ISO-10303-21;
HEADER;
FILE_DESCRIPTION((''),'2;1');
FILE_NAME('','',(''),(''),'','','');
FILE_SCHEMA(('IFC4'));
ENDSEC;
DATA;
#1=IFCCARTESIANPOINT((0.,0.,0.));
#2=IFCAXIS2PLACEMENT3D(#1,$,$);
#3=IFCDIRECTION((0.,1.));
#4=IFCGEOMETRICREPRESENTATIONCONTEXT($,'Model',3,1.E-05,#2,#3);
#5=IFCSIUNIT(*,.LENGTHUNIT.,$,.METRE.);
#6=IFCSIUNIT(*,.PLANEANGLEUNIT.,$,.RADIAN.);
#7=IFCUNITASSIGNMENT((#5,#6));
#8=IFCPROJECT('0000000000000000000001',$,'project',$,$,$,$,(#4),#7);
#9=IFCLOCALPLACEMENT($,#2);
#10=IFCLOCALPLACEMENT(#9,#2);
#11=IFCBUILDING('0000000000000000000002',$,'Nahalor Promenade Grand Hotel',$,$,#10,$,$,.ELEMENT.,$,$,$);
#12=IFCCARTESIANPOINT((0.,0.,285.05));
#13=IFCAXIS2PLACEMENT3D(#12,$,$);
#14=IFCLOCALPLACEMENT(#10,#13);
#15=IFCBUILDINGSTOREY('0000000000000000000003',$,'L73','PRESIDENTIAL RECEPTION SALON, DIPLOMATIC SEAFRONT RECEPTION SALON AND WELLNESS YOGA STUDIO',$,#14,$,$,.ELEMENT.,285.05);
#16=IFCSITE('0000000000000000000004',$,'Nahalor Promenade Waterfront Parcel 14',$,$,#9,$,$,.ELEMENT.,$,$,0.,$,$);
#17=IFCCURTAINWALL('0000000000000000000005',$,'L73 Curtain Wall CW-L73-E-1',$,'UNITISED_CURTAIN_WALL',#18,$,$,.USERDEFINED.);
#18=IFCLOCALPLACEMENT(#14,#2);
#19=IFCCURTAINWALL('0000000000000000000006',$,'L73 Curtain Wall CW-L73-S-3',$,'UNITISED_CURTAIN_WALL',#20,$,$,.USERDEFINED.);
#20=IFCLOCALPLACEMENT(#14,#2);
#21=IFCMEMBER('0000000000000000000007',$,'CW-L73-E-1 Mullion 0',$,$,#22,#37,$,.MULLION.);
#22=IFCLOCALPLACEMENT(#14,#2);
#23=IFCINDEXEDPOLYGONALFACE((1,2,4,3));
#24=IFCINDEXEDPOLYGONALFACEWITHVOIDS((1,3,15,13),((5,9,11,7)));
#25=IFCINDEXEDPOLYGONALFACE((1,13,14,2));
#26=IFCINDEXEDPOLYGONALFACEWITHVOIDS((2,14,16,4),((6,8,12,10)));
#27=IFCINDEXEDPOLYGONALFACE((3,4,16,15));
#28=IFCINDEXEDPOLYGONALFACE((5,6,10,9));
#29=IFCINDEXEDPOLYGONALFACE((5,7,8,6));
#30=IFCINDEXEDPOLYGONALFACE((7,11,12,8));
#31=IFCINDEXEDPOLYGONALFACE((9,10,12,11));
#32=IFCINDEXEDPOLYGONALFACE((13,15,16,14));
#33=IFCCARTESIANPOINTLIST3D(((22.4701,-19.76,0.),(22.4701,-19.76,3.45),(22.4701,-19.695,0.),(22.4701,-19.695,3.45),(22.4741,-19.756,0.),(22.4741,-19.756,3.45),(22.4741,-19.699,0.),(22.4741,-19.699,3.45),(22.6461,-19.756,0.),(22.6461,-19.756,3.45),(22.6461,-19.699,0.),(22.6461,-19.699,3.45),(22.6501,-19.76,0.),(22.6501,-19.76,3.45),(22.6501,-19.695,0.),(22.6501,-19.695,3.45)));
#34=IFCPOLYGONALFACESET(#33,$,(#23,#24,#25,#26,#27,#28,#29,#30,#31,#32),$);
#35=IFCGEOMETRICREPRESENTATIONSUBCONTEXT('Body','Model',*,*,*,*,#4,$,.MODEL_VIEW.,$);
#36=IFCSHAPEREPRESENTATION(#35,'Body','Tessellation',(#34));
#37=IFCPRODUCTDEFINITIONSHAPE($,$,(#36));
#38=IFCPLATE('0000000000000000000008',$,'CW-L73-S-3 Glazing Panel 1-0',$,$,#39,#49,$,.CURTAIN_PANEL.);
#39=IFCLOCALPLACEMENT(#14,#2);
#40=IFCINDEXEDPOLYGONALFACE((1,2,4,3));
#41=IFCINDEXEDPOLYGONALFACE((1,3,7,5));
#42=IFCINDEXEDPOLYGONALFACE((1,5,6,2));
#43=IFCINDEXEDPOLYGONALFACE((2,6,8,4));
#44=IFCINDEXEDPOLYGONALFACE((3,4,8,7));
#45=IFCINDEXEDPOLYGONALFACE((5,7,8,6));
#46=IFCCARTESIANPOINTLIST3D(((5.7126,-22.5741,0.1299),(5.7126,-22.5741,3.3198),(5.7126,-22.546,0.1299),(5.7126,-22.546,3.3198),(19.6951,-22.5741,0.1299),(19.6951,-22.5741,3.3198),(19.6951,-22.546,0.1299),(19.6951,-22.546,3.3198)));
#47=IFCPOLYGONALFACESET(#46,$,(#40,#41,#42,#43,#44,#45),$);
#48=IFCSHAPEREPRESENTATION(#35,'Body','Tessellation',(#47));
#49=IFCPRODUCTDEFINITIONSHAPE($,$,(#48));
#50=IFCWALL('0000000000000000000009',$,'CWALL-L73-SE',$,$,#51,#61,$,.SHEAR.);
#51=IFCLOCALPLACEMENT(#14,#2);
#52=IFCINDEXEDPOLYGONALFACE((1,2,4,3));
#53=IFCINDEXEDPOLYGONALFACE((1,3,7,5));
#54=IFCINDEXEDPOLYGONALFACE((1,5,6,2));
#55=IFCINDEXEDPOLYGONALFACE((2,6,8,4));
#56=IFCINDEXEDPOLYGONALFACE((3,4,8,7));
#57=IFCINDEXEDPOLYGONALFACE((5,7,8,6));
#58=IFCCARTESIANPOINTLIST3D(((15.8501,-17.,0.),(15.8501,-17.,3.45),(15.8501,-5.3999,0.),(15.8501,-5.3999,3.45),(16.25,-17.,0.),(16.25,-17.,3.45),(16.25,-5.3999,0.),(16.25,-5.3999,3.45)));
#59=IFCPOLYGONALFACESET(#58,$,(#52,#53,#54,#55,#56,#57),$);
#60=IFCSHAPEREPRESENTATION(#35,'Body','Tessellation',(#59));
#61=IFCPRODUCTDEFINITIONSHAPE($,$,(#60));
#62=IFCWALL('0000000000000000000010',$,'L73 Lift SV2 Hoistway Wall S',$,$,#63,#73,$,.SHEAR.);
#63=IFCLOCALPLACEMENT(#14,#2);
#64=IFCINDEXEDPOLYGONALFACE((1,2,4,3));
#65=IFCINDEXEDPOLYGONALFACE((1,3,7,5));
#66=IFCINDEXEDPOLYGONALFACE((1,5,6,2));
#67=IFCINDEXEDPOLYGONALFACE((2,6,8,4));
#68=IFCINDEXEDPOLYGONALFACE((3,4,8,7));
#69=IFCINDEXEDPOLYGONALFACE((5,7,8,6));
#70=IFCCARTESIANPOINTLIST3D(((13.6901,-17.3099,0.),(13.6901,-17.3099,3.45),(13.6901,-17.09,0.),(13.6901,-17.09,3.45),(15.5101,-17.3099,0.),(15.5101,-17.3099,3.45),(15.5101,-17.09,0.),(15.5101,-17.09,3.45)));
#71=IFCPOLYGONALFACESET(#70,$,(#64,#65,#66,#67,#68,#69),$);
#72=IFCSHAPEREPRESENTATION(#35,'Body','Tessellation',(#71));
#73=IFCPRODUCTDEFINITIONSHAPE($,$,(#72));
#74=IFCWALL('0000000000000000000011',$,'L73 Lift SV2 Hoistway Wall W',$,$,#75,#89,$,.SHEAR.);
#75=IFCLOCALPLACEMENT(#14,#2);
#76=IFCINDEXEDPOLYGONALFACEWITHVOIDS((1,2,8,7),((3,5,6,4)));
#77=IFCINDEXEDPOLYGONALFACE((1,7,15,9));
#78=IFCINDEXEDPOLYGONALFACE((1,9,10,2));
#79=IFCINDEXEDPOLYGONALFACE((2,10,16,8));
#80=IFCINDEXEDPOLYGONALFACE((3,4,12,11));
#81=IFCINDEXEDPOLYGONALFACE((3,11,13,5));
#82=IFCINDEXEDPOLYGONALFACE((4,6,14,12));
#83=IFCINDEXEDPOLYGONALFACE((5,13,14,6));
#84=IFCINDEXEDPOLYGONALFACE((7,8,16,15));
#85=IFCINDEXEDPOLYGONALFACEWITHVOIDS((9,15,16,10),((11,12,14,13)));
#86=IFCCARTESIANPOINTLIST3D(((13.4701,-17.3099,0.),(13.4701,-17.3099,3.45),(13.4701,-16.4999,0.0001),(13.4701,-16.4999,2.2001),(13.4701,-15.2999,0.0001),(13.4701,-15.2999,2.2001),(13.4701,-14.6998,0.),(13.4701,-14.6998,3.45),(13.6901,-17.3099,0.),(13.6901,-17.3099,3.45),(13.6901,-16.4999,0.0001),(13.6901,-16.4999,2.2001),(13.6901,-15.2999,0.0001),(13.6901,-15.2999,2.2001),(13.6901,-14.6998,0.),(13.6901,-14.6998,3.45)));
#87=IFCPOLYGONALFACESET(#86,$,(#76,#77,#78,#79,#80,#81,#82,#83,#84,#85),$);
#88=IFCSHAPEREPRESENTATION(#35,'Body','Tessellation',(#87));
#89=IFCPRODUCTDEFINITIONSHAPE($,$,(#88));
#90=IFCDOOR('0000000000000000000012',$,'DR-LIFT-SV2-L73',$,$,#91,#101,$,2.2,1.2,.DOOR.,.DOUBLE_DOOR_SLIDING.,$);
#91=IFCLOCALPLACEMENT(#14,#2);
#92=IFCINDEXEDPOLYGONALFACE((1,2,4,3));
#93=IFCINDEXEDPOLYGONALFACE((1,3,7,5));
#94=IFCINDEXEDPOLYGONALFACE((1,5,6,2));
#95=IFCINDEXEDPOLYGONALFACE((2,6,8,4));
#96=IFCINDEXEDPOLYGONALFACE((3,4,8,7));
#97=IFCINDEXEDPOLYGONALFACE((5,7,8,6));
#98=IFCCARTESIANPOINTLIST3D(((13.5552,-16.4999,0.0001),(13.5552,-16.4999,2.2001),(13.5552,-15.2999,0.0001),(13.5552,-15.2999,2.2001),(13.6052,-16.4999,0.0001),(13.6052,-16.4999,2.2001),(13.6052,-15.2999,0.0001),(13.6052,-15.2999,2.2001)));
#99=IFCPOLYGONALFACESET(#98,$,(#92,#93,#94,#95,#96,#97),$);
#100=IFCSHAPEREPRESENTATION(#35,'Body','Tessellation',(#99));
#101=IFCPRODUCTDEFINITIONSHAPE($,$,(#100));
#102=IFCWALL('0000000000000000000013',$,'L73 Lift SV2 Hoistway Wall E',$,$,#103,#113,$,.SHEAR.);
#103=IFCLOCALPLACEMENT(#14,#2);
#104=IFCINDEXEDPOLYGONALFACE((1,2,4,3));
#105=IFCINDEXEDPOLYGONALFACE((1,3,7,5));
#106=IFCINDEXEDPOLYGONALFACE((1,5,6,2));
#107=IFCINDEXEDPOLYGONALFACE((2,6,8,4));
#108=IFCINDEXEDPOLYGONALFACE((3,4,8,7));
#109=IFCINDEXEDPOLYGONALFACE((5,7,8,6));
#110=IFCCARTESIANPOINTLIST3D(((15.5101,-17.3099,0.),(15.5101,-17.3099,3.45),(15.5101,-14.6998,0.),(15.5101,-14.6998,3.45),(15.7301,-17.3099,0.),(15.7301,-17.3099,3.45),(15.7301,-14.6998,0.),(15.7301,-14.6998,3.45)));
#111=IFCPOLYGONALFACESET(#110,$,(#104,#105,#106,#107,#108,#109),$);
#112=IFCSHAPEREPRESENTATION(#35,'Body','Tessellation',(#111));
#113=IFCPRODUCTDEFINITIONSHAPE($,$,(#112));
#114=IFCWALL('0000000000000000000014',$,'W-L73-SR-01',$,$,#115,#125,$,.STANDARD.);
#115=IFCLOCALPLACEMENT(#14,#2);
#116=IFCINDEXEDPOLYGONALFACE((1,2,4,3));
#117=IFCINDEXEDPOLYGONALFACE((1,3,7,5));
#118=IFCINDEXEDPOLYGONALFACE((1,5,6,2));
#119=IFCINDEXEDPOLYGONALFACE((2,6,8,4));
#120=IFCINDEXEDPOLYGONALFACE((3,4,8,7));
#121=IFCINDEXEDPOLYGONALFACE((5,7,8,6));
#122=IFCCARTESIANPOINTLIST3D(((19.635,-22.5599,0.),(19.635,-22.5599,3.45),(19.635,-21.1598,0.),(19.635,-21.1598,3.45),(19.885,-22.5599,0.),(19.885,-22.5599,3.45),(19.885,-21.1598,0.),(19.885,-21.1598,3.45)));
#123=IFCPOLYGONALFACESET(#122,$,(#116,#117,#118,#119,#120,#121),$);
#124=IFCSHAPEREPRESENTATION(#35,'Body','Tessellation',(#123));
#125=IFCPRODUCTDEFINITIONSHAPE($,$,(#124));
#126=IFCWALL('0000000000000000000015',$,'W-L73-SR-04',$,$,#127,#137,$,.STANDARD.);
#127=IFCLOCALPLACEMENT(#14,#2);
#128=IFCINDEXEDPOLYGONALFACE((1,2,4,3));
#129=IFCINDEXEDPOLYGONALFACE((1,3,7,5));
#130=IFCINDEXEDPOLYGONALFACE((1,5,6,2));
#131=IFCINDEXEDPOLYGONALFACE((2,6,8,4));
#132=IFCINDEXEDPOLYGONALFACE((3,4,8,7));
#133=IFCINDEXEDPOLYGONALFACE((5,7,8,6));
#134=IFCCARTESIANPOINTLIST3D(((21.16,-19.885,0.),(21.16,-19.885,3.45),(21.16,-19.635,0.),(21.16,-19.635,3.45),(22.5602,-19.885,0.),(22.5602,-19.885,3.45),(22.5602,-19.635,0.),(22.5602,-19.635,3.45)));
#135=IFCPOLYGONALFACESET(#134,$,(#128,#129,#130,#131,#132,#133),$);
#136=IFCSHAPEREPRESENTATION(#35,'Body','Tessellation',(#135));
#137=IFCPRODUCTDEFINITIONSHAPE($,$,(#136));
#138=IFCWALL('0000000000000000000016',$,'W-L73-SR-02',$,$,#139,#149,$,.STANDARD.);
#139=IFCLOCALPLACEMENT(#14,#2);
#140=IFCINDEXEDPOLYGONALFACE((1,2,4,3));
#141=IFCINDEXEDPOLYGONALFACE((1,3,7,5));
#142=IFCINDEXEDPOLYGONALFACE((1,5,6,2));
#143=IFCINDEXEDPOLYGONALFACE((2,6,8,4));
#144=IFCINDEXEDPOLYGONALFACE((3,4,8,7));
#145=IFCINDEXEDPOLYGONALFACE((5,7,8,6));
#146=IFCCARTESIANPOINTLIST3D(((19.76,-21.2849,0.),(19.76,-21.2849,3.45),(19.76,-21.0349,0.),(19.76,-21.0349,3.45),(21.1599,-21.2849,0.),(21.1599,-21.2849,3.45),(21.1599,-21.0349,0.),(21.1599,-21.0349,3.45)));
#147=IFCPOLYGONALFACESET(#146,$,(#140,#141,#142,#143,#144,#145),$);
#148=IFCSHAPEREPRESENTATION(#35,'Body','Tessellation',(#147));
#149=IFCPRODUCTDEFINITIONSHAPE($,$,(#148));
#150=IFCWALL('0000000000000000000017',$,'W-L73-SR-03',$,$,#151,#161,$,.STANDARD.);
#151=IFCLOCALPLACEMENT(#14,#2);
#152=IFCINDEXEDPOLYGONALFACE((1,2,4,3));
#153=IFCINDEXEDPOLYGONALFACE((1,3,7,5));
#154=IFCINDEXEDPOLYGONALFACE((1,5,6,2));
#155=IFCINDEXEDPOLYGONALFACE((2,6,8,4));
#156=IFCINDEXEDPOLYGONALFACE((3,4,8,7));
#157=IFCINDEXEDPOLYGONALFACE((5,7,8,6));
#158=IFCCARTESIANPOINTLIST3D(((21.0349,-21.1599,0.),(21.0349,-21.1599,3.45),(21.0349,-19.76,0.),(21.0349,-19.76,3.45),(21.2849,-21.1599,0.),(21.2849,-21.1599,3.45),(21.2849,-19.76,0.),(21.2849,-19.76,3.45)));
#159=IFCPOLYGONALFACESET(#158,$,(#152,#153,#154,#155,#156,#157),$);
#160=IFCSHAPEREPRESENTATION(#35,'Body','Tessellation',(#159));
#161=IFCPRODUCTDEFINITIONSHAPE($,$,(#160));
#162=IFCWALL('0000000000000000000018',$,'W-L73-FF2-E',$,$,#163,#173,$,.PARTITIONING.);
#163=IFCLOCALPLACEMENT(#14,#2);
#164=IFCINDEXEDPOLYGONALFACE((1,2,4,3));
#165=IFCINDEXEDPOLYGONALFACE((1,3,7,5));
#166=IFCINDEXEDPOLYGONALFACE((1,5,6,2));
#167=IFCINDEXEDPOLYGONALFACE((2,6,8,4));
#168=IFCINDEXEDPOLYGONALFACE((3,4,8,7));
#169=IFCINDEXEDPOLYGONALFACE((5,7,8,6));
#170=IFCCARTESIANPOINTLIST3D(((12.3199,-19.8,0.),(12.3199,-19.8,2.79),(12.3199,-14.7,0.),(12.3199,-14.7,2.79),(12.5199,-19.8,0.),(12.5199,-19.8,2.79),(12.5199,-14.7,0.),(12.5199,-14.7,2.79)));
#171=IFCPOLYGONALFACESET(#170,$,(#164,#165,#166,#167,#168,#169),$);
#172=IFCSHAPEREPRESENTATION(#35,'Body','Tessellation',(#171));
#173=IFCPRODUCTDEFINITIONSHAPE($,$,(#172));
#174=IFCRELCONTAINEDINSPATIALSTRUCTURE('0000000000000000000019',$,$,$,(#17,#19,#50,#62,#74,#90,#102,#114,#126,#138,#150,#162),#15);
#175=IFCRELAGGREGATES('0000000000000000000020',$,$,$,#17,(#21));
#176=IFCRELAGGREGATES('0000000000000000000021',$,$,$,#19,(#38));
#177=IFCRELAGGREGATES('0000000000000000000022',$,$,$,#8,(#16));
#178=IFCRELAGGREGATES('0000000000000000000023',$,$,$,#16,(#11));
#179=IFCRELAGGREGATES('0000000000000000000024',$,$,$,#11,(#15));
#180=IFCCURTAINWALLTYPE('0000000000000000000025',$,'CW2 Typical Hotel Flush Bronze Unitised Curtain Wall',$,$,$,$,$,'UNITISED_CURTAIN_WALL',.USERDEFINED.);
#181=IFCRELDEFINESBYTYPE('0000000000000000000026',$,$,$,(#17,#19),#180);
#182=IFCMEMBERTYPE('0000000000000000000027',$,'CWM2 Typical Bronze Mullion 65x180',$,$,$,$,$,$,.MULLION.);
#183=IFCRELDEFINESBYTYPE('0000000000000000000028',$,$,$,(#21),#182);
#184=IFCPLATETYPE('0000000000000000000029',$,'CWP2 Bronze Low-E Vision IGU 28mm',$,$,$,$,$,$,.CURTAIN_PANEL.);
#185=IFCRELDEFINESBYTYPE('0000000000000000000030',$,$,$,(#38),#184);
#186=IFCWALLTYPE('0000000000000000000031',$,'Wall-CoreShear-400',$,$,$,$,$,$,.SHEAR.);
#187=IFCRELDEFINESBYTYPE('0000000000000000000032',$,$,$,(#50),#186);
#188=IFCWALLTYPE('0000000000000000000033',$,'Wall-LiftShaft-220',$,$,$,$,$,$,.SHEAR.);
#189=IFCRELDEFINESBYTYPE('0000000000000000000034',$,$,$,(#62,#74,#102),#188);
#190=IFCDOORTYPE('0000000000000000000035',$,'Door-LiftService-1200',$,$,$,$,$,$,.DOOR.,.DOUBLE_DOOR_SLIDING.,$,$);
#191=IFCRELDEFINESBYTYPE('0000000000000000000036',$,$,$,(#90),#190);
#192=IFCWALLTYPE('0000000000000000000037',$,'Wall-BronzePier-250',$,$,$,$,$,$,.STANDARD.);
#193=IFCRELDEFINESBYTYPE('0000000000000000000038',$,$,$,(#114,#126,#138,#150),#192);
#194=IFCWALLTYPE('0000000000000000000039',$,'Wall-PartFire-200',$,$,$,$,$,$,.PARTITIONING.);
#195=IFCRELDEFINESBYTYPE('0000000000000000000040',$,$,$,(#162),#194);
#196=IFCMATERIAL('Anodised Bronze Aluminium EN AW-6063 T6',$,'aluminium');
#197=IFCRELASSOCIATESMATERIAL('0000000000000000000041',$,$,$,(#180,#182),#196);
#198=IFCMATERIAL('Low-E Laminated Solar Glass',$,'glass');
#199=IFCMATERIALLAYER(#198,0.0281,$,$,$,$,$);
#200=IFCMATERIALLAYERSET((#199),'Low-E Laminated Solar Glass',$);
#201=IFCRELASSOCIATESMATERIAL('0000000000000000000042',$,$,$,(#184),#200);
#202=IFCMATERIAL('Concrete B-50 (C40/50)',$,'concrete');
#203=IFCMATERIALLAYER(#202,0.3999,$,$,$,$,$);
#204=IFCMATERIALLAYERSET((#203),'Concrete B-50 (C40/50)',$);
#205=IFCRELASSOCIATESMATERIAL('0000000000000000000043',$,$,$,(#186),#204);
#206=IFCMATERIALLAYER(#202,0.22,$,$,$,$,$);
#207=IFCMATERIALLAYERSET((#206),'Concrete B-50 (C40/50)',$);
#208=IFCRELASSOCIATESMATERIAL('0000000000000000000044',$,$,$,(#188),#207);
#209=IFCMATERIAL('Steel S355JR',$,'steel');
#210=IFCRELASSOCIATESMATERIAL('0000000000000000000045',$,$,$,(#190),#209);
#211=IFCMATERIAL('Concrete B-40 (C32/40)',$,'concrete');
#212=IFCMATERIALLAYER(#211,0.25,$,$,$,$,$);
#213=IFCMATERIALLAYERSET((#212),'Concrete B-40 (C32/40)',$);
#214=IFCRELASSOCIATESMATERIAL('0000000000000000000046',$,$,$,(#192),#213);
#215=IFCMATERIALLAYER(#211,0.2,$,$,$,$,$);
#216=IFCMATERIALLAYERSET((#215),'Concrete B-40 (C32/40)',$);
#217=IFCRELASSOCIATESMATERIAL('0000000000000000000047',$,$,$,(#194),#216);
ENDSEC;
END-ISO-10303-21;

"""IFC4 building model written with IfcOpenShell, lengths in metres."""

from ifc_helpers import new_model, si_unit, direction, frame, frame_2d, origin, origin_2d, place, context, subcontext, project, spatial, rectangle, hollow_rectangle, extrude, source, transform, mapped, material, layer, layer_set, material_profile, profile_set, type_object, element, fill, aggregate, save


model = new_model("IFC4")

# Units and contexts
model_context = context("Model", 3, precision=1e-05, world=origin(), true_north=direction((0.0, 1.0)))
body_context = subcontext(model_context, "Body", "Model", "MODEL_VIEW")
ifc_project = project(units=[si_unit("LENGTHUNIT", "METRE"), si_unit("PLANEANGLEUNIT", "RADIAN")], contexts=[model_context])

# Site, building, storey
site_placement = place(None, origin())
site = spatial("IfcSite", under=ifc_project, at=site_placement, Name="Nahalor Promenade Waterfront Parcel 14", CompositionType="ELEMENT", RefElevation=0.0)
building_placement = place(site_placement, origin())
building = spatial("IfcBuilding", under=site, at=building_placement, Name="Nahalor Promenade Grand Hotel", CompositionType="ELEMENT")
storey_placement = place(building_placement, frame((0.0, 0.0, 285.05)))
storey = spatial("IfcBuildingStorey", under=building, at=storey_placement, Name="L73", Description="PRESIDENTIAL RECEPTION SALON, DIPLOMATIC SEAFRONT RECEPTION SALON AND WELLNESS YOGA STUDIO", CompositionType="ELEMENT", Elevation=285.05)

# Shared definitions
ifc_material_1 = material(Name="Concrete B-50 (C40/50)", Category="concrete")
ifc_material_2 = material(Name="Steel S355JR", Category="steel")

# Curtain wall
ifc_material_3 = material(Name="Anodised Bronze Aluminium EN AW-6063 T6", Category="aluminium")
curtain_wall_type = type_object("IfcCurtainWallType", Name="CW2 Typical Hotel Flush Bronze Unitised Curtain Wall", ElementType="UNITISED_CURTAIN_WALL", PredefinedType="USERDEFINED", material=ifc_material_3)
curtain_wall_1_placement = place(storey_placement, origin())
curtain_wall_1 = element("IfcCurtainWall", 1, at=curtain_wall_1_placement, inside=storey, type_object=curtain_wall_type, Name="L73 Curtain Wall CW-L73-E-1", ObjectType="UNITISED_CURTAIN_WALL", PredefinedType="USERDEFINED")

# Curtain wall
curtain_wall_2_placement = place(storey_placement, origin())
curtain_wall_2 = element("IfcCurtainWall", 2, at=curtain_wall_2_placement, inside=storey, type_object=curtain_wall_type, Name="L73 Curtain Wall CW-L73-S-3", ObjectType="UNITISED_CURTAIN_WALL", PredefinedType="USERDEFINED")
ifc_material_profile_1 = material_profile(ifc_material_3, hollow_rectangle(XDim=0.065, YDim=0.18, WallThickness=0.004, at=origin_2d()), Name="CWM 65x180x4")
ifc_profile_set_1 = profile_set([ifc_material_profile_1], Name="Anodised Bronze Aluminium EN AW-6063 T6")
member_type_1 = type_object("IfcMemberType", Name="CWM2 Typical Bronze Mullion 65x180", PredefinedType="MULLION", material=ifc_profile_set_1)
shared_shape_1 = source(origin(), body_context, "Body", "SweptSolid", [
    extrude(hollow_rectangle(XDim=0.065, YDim=0.18, WallThickness=0.004, at=origin_2d()), origin(), (0.0, 0.0, 1.0), 3.45),
])

# Member
member_1_placement = place(storey_placement, frame((22.5601, -19.7275, 0.0), z_axis=(0.0, 0.0, 1.0), x_axis=(0.0, 1.0, 0.0)))
member_1 = element("IfcMember", 3, at=member_1_placement, type_object=member_type_1, Name="CW-L73-E-1 Mullion 0", PredefinedType="MULLION", context=body_context, shape_type="MappedRepresentation", body=[
    mapped(shared_shape_1, transform((0.0, 0.0, 0.0), scale=1.0)),
])
aggregate(curtain_wall_1, [member_1])

# Plate
ifc_material_4 = material(Name="Low-E Laminated Solar Glass", Category="glass")
ifc_layer_1 = layer(ifc_material_4, 0.0281)
ifc_layer_set_1 = layer_set([ifc_layer_1], Name="Low-E Laminated Solar Glass")
plate_type = type_object("IfcPlateType", Name="CWP2 Bronze Low-E Vision IGU 28mm", PredefinedType="CURTAIN_PANEL", material=ifc_layer_set_1)
shared_shape_2 = source(origin(), body_context, "Body", "SweptSolid", [
    extrude(rectangle(XDim=13.9824, YDim=0.0281, at=origin_2d()), origin(), (0.0, 0.0, 1.0), 3.1899),
])
plate_placement = place(storey_placement, frame((12.7039, -22.5601, 0.1299), z_axis=(0.0, 0.0, 1.0), x_axis=(1.0, 0.0, 0.0)))
plate = element("IfcPlate", 4, at=plate_placement, type_object=plate_type, Name="CW-L73-S-3 Glazing Panel 1-0", PredefinedType="CURTAIN_PANEL", context=body_context, shape_type="MappedRepresentation", body=[
    mapped(shared_shape_2, transform((0.0, 0.0, 0.0), scale=1.0)),
])
aggregate(curtain_wall_2, [plate])

# Walls
ifc_layer_2 = layer(ifc_material_1, 0.3999)
ifc_layer_set_2 = layer_set([ifc_layer_2], Name="Concrete B-50 (C40/50)")
wall_type_1 = type_object("IfcWallType", Name="Wall-CoreShear-400", PredefinedType="SHEAR", material=ifc_layer_set_2)
shared_shape_3 = source(origin(), body_context, "Body", "SweptSolid", [
    extrude(rectangle(XDim=11.6001, YDim=0.3999, at=frame_2d((5.8, 0.0))), origin(), (0.0, 0.0, 1.0), 3.45),
])
wall_1_placement = place(storey_placement, frame((16.05, -17.0, 0.0), z_axis=(0.0, 0.0, 1.0), x_axis=(0.0, 1.0, 0.0)))
element("IfcWall", 5, at=wall_1_placement, inside=storey, type_object=wall_type_1, Name="CWALL-L73-SE", PredefinedType="SHEAR", context=body_context, shape_type="MappedRepresentation", body=[
    mapped(shared_shape_3, transform((0.0, 0.0, 0.0), scale=1.0)),
])
ifc_layer_3 = layer(ifc_material_1, 0.22)
ifc_layer_set_3 = layer_set([ifc_layer_3], Name="Concrete B-50 (C40/50)")
wall_type_2 = type_object("IfcWallType", Name="Wall-LiftShaft-220", PredefinedType="SHEAR", material=ifc_layer_set_3)
shared_shape_4 = source(origin(), body_context, "Body", "SweptSolid", [
    extrude(rectangle(XDim=1.8201, YDim=0.22, at=frame_2d((0.9102, 0.0))), origin(), (0.0, 0.0, 1.0), 3.45),
])
wall_2_placement = place(storey_placement, frame((13.6899, -17.2, 0.0), z_axis=(0.0, 0.0, 1.0), x_axis=(1.0, 0.0, 0.0)))
element("IfcWall", 6, at=wall_2_placement, inside=storey, type_object=wall_type_2, Name="L73 Lift SV2 Hoistway Wall S", PredefinedType="SHEAR", context=body_context, shape_type="MappedRepresentation", body=[
    mapped(shared_shape_4, transform((0.0, 0.0, 0.0), scale=1.0)),
])

# Wall, opening, door
shared_shape_5 = source(origin(), body_context, "Body", "SweptSolid", [
    extrude(rectangle(XDim=2.6101, YDim=0.22, at=frame_2d((1.3052, 0.0))), origin(), (0.0, 0.0, 1.0), 3.45),
])
wall_3_placement = place(storey_placement, frame((13.5801, -17.3101, 0.0), z_axis=(0.0, 0.0, 1.0), x_axis=(0.0, 1.0, 0.0)))
wall_3 = element("IfcWall", 7, at=wall_3_placement, inside=storey, type_object=wall_type_2, Name="L73 Lift SV2 Hoistway Wall W", PredefinedType="SHEAR", context=body_context, shape_type="MappedRepresentation", body=[
    mapped(shared_shape_5, transform((0.0, 0.0, 0.0), scale=1.0)),
])
opening_placement = place(wall_3_placement, frame((0.8101, 0.0, 0.0)))
opening = element("IfcOpeningElement", 8, at=opening_placement, cuts=wall_3, PredefinedType="OPENING", context=body_context, shape_type="SweptSolid", body=[
    extrude(rectangle(XDim=1.2, YDim=2.2, at=frame_2d((0.6001, 1.1001))), frame((0.0, 0.1199, 0.0), z_axis=(0.0, -1.0, 0.0), x_axis=(1.0, 0.0, 0.0)), (0.0, 0.0, 1.0), 0.24),
])
door_type = type_object("IfcDoorType", Name="Door-LiftService-1200", OperationType="DOUBLE_DOOR_SLIDING", PredefinedType="DOOR", material=ifc_material_2)
shared_shape_6 = source(origin(), body_context, "Body", "SweptSolid", [
    extrude(rectangle(XDim=1.2, YDim=2.2, at=frame_2d((0.6001, 1.1001))), frame((0.0, 0.0249, 0.0), z_axis=(0.0, -1.0, 0.0), x_axis=(1.0, 0.0, 0.0)), (0.0, 0.0, 1.0), 0.05),
])
door_placement = place(opening_placement, origin())
door = element("IfcDoor", 9, at=door_placement, inside=storey, type_object=door_type, Name="DR-LIFT-SV2-L73", OperationType="DOUBLE_DOOR_SLIDING", OverallHeight=2.2, OverallWidth=1.2, PredefinedType="DOOR", context=body_context, shape_type="MappedRepresentation", body=[
    mapped(shared_shape_6, transform((0.0, 0.0, 0.0), scale=1.0)),
])
fill(opening, door)

# Walls
wall_4_placement = place(storey_placement, frame((15.6201, -17.3101, 0.0), z_axis=(0.0, 0.0, 1.0), x_axis=(0.0, 1.0, 0.0)))
element("IfcWall", 10, at=wall_4_placement, inside=storey, type_object=wall_type_2, Name="L73 Lift SV2 Hoistway Wall E", PredefinedType="SHEAR", context=body_context, shape_type="MappedRepresentation", body=[
    mapped(shared_shape_5, transform((0.0, 0.0, 0.0), scale=1.0)),
])
ifc_material_5 = material(Name="Concrete B-40 (C32/40)", Category="concrete")
ifc_layer_4 = layer(ifc_material_5, 0.25)
ifc_layer_set_4 = layer_set([ifc_layer_4], Name="Concrete B-40 (C32/40)")
wall_type_3 = type_object("IfcWallType", Name="Wall-BronzePier-250", PredefinedType="STANDARD", material=ifc_layer_set_4)
shared_shape_7 = source(origin(), body_context, "Body", "SweptSolid", [
    extrude(rectangle(XDim=1.4001, YDim=0.25, at=frame_2d((0.7002, 0.0))), origin(), (0.0, 0.0, 1.0), 3.45),
])
for number, where, z_axis, x_axis, name in (
    (11, (19.76, -22.5601, 0.0), (0.0, 0.0, 1.0), (0.0, 1.0, 0.0), "W-L73-SR-01"),
    (12, (21.1599, -19.76, 0.0), (0.0, 0.0, 1.0), (1.0, 0.0, 0.0), "W-L73-SR-04"),
):
    element("IfcWall", number, at=place(storey_placement, frame(where, z_axis=z_axis, x_axis=x_axis)), inside=storey, type_object=wall_type_3, Name=name, PredefinedType="STANDARD", context=body_context, shape_type="MappedRepresentation", body=[
        mapped(shared_shape_7, transform((0.0, 0.0, 0.0), scale=1.0)),
    ])
shared_shape_8 = source(origin(), body_context, "Body", "SweptSolid", [
    extrude(rectangle(XDim=1.3999, YDim=0.25, at=frame_2d((0.7, 0.0))), origin(), (0.0, 0.0, 1.0), 3.45),
])
for number, where, z_axis, x_axis, name in (
    (13, (19.76, -21.1599, 0.0), (0.0, 0.0, 1.0), (1.0, 0.0, 0.0), "W-L73-SR-02"),
    (14, (21.1599, -21.1599, 0.0), (0.0, 0.0, 1.0), (0.0, 1.0, 0.0), "W-L73-SR-03"),
):
    element("IfcWall", number, at=place(storey_placement, frame(where, z_axis=z_axis, x_axis=x_axis)), inside=storey, type_object=wall_type_3, Name=name, PredefinedType="STANDARD", context=body_context, shape_type="MappedRepresentation", body=[
        mapped(shared_shape_8, transform((0.0, 0.0, 0.0), scale=1.0)),
    ])
ifc_layer_5 = layer(ifc_material_5, 0.2)
ifc_layer_set_5 = layer_set([ifc_layer_5], Name="Concrete B-40 (C32/40)")
wall_type_4 = type_object("IfcWallType", Name="Wall-PartFire-200", PredefinedType="PARTITIONING", material=ifc_layer_set_5)
shared_shape_9 = source(origin(), body_context, "Body", "SweptSolid", [
    extrude(rectangle(XDim=5.1001, YDim=0.2, at=frame_2d((2.55, 0.0))), origin(), (0.0, 0.0, 1.0), 2.79),
])
wall_5_placement = place(storey_placement, frame((12.4199, -19.8, 0.0), z_axis=(0.0, 0.0, 1.0), x_axis=(0.0, 1.0, 0.0)))
element("IfcWall", 15, at=wall_5_placement, inside=storey, type_object=wall_type_4, Name="W-L73-FF2-E", PredefinedType="PARTITIONING", context=body_context, shape_type="MappedRepresentation", body=[
    mapped(shared_shape_9, transform((0.0, 0.0, 0.0), scale=1.0)),
])

save(model, "model.ifc")
